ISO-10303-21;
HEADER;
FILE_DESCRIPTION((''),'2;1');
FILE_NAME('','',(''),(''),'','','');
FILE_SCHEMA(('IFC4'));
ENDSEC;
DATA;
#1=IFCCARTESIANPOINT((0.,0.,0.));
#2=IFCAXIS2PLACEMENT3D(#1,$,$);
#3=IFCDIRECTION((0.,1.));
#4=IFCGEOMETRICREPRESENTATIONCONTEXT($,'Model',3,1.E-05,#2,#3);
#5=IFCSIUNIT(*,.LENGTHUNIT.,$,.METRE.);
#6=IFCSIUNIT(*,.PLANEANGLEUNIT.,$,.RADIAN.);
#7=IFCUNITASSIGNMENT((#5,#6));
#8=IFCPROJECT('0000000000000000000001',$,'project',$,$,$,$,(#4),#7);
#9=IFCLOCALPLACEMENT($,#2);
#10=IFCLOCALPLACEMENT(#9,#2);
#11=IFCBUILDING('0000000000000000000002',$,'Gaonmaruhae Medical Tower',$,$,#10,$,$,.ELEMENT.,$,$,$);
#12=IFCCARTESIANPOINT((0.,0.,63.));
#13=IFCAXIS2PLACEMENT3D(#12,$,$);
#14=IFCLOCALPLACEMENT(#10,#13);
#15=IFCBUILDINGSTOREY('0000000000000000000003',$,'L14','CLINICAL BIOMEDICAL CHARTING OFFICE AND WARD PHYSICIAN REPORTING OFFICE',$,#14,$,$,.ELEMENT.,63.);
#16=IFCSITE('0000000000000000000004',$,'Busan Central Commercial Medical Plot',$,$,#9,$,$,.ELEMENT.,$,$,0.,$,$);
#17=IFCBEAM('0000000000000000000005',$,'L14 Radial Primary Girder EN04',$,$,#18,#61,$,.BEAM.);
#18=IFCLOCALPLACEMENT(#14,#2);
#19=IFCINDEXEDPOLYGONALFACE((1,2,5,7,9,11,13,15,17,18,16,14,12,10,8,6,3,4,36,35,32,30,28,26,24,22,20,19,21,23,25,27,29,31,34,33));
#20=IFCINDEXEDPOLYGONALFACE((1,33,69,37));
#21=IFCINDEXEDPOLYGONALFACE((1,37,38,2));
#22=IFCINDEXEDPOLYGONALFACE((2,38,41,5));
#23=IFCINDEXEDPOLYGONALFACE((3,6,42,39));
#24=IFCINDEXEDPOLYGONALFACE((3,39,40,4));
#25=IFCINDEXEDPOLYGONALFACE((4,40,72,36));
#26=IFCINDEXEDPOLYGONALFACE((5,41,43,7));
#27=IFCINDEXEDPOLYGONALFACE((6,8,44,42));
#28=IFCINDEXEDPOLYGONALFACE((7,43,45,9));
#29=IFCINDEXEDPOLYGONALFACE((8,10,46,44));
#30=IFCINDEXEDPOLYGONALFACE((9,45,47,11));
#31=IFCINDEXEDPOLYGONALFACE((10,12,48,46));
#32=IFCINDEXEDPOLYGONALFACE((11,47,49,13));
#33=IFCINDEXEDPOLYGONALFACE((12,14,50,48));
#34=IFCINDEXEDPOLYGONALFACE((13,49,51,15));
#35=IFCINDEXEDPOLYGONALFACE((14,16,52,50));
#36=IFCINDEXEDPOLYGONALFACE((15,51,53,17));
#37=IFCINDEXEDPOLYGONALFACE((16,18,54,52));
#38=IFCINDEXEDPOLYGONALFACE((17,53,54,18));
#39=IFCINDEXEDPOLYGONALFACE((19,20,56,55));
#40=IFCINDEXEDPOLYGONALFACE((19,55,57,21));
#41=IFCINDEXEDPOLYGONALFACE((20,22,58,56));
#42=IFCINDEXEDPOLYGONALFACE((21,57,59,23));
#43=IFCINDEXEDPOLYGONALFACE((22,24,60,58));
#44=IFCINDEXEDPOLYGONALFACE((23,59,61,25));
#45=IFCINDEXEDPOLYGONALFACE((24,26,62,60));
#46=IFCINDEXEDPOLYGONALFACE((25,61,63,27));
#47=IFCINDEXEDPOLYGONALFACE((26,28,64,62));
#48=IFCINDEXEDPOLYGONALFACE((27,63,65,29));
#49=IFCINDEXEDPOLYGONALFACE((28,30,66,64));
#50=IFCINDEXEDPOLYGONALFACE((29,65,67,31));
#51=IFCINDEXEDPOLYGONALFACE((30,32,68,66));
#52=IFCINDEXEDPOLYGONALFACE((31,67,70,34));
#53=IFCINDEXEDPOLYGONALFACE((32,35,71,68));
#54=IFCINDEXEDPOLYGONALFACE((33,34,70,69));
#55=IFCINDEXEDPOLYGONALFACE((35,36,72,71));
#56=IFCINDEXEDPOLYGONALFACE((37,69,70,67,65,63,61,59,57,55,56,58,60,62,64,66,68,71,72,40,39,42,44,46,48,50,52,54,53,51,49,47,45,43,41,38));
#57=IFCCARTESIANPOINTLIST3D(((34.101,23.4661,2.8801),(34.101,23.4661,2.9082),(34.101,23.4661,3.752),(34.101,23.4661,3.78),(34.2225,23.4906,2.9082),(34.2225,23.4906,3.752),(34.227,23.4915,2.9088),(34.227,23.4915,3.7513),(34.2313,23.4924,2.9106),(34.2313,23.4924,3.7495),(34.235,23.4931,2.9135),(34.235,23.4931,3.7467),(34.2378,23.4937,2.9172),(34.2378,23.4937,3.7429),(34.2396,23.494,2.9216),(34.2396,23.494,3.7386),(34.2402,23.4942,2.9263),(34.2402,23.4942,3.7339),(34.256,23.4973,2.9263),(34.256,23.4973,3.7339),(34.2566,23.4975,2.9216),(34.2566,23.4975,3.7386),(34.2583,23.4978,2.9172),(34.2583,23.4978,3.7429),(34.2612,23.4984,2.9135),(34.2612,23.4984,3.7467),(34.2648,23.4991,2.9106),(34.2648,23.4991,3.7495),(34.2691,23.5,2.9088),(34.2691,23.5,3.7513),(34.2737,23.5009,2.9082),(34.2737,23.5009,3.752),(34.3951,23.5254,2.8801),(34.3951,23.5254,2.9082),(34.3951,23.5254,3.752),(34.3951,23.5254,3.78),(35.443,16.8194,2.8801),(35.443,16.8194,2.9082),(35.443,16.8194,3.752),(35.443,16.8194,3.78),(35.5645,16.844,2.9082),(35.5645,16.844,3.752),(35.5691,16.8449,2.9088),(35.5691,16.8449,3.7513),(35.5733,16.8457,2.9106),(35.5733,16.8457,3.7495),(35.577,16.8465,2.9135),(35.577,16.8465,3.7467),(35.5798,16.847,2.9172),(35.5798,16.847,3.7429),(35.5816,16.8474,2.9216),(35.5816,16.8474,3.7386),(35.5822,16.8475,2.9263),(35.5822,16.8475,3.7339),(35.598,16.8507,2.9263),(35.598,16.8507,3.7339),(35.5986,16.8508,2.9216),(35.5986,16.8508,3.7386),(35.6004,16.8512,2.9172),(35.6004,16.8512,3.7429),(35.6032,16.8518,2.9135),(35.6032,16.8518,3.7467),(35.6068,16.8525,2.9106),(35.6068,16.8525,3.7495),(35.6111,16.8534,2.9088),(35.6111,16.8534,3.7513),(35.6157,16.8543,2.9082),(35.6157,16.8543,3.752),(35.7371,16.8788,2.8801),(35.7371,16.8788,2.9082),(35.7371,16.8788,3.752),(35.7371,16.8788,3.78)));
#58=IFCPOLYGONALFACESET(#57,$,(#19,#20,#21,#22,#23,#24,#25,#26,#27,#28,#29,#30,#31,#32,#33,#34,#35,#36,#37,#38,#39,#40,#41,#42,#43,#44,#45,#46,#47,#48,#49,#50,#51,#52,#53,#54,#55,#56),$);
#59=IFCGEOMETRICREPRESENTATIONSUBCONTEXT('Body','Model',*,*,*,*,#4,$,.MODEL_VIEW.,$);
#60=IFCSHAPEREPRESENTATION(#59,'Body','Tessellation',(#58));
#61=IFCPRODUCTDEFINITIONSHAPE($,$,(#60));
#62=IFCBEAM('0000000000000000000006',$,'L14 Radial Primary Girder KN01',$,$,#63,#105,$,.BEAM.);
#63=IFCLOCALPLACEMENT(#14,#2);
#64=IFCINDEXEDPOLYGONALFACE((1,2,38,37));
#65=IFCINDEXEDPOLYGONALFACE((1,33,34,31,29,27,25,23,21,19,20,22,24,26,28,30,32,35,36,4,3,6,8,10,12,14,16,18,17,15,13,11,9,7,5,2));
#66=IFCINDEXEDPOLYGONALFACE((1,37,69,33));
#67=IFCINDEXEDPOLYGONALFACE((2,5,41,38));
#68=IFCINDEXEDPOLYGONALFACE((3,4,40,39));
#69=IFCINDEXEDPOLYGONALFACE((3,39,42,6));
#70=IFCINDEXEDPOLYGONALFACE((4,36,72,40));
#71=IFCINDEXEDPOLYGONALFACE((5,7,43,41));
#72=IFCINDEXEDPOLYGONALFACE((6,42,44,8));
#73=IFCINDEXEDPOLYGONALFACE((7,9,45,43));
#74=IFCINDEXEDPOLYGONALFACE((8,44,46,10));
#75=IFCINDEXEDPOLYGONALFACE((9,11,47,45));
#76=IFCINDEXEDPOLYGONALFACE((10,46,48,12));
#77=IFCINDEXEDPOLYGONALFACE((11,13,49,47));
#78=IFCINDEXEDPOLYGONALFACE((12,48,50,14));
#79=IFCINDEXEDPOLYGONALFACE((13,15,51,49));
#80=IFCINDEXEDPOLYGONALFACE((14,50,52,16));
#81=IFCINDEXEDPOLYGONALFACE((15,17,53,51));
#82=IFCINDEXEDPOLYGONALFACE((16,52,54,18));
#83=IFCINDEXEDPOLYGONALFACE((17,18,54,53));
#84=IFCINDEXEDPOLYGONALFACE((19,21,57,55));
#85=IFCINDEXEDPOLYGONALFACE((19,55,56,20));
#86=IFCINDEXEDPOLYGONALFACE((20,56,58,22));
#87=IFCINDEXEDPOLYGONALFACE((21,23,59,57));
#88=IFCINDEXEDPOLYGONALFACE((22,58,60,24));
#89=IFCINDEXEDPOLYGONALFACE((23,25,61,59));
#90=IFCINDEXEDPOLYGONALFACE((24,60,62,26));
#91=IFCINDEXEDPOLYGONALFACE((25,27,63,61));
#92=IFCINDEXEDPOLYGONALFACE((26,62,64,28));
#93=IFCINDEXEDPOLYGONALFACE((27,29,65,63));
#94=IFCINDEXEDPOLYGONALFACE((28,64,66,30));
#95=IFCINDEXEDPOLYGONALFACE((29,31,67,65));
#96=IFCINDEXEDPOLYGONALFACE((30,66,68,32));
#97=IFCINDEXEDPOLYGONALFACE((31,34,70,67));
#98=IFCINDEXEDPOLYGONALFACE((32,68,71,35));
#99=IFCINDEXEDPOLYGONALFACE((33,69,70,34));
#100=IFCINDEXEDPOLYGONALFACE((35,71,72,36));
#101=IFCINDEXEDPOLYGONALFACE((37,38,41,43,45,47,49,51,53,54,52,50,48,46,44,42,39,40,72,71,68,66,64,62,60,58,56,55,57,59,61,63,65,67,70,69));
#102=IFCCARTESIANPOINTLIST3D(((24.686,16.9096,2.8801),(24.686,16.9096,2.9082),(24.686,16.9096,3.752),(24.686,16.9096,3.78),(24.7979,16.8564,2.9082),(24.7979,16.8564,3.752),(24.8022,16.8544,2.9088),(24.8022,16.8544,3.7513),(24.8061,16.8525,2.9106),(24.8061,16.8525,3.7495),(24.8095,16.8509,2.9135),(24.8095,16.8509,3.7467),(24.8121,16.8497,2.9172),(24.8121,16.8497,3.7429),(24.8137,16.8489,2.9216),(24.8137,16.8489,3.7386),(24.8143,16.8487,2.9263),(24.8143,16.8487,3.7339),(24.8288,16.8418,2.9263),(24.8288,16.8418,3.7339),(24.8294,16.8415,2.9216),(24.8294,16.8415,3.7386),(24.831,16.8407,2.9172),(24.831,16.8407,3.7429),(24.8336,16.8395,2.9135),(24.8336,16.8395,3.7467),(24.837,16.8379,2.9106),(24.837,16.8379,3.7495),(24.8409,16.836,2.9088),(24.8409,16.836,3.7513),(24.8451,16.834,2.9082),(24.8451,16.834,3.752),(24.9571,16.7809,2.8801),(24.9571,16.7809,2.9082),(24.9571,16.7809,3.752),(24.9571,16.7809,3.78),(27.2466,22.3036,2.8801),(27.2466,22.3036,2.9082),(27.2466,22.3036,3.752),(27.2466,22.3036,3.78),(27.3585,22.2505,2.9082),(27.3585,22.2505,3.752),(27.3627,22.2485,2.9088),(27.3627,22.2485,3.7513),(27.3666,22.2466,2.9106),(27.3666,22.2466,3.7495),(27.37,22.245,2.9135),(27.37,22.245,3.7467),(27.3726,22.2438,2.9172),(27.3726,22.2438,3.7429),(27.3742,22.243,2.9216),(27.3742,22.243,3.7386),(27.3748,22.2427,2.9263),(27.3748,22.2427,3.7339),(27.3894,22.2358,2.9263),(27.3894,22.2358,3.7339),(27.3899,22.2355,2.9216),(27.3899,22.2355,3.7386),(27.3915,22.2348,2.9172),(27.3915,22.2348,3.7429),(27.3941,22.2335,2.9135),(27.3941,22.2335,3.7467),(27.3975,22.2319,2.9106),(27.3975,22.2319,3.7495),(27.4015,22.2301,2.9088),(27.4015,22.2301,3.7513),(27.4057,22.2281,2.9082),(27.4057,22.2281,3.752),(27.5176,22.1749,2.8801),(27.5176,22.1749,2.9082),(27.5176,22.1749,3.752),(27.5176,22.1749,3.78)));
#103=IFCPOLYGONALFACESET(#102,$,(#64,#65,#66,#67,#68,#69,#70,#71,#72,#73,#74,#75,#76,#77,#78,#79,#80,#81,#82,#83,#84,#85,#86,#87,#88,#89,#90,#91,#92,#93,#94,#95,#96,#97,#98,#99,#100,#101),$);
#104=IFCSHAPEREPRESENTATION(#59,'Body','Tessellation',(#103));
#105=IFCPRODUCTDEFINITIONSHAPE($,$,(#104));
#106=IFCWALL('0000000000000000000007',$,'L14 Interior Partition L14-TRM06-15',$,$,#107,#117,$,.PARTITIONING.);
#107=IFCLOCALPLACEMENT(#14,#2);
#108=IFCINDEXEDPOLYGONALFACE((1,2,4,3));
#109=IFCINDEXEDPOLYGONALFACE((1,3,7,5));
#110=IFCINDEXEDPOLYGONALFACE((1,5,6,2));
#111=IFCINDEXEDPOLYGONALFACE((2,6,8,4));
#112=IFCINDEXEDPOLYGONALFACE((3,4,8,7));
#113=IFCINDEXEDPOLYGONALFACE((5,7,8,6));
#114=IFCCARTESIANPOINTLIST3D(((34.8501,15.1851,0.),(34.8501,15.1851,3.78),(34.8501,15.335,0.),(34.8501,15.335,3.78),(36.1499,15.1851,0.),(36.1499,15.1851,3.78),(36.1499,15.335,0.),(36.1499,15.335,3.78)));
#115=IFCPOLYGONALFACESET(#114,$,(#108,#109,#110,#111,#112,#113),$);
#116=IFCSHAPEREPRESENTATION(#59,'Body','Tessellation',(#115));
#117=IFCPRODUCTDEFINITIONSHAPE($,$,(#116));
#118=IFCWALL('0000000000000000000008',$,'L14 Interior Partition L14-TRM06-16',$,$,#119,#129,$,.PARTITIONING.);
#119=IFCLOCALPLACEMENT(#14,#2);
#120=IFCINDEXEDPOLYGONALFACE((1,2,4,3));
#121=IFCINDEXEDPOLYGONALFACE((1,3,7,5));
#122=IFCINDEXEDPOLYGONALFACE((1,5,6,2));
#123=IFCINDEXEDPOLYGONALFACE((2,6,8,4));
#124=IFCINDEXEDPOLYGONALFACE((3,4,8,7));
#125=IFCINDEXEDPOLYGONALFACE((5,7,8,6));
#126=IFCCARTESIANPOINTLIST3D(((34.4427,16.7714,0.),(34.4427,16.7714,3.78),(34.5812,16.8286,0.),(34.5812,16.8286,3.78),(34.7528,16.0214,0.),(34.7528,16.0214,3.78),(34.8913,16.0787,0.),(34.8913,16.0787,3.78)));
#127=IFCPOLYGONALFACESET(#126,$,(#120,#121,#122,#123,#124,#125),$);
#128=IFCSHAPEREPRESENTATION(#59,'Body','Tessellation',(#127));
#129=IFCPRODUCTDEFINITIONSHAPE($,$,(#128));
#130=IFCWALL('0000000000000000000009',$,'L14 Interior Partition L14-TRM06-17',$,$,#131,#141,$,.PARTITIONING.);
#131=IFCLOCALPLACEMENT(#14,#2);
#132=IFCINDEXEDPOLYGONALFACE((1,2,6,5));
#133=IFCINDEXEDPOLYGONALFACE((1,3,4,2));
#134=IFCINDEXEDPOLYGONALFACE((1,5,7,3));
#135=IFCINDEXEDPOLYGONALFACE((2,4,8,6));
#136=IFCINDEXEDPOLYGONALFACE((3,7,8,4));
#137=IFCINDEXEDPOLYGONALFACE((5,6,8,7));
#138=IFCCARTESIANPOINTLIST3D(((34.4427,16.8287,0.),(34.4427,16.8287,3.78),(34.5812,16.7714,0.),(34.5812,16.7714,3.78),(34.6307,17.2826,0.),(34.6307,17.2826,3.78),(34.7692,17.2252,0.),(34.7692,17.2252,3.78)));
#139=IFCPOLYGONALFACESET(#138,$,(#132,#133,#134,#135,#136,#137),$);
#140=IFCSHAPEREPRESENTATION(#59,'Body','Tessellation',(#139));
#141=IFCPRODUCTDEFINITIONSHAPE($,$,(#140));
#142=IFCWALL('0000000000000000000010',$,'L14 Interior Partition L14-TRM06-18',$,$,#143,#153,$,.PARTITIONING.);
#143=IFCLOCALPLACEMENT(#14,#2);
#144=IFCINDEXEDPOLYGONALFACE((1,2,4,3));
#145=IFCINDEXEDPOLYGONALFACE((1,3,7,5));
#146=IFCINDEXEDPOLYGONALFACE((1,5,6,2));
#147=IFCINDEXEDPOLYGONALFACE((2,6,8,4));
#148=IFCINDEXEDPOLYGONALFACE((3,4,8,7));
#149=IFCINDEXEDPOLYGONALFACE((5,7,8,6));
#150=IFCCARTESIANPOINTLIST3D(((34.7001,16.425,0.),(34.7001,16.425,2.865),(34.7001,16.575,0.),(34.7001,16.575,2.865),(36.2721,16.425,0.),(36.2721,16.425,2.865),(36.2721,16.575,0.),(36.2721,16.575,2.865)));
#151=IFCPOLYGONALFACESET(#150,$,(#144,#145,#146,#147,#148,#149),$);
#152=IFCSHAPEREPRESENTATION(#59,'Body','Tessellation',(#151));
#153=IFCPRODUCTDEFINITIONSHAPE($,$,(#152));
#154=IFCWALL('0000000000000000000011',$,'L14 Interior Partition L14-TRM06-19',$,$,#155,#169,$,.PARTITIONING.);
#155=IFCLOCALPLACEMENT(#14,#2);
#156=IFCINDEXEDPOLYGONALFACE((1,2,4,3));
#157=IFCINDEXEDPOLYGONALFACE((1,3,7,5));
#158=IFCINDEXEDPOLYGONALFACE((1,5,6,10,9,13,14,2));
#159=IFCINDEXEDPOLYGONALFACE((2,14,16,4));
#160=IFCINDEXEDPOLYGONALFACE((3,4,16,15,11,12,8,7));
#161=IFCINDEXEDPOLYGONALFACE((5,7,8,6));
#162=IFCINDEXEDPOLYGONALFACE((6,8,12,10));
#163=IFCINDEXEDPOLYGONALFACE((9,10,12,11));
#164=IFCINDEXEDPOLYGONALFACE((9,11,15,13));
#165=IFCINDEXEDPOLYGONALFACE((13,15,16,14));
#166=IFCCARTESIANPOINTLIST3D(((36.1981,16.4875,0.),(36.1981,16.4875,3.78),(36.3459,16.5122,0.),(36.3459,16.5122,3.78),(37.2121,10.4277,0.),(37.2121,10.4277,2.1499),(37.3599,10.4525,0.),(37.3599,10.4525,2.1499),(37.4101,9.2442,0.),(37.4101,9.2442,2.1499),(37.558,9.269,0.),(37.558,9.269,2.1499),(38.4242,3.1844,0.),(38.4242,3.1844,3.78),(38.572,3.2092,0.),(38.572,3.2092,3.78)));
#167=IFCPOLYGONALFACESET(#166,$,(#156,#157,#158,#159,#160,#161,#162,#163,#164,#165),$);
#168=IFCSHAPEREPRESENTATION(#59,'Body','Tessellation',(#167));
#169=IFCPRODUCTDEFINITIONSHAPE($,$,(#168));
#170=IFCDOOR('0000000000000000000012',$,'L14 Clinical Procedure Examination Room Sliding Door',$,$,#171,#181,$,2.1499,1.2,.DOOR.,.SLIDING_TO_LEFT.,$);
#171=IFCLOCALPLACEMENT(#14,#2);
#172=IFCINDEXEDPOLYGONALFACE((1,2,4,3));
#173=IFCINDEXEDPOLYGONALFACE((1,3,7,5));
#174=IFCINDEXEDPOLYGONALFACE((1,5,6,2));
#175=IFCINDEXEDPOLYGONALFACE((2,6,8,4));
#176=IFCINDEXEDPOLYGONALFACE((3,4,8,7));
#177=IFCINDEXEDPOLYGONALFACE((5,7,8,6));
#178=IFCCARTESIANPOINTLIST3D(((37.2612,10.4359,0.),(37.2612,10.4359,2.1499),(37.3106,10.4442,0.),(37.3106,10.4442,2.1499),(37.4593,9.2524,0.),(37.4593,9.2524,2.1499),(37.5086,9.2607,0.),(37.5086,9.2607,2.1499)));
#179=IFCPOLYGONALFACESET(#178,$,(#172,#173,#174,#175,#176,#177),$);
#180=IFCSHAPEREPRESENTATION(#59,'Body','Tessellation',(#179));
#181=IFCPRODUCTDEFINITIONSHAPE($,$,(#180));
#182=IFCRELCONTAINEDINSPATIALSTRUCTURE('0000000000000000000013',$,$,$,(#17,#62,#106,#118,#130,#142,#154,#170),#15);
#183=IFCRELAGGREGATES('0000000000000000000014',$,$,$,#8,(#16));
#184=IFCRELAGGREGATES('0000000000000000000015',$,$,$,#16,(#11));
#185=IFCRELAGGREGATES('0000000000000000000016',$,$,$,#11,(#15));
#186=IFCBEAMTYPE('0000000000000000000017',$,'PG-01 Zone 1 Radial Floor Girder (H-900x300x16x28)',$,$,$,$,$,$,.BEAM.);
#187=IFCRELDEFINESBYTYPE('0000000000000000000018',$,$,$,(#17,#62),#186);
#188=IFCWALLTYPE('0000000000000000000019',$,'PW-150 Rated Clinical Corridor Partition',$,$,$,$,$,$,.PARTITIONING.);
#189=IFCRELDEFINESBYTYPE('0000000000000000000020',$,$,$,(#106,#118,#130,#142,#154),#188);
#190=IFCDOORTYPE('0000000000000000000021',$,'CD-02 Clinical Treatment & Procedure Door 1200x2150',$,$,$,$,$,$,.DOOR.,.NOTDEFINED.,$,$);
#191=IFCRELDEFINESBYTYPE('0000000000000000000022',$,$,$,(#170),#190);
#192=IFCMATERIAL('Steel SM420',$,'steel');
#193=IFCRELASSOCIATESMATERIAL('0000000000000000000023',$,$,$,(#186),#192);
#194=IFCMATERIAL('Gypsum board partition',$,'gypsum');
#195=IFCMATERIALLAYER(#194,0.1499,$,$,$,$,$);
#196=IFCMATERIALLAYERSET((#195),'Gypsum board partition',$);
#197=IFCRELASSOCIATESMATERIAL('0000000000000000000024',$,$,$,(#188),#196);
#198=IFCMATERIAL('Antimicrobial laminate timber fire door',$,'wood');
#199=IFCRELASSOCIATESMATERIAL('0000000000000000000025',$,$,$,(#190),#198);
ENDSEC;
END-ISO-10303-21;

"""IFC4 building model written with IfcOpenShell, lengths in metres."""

from ifc_helpers import new_model, si_unit, direction, frame, frame_2d, origin, origin_2d, place, context, subcontext, project, spatial, rectangle, i_section, extrude, material, layer, layer_set, material_profile, profile_set, type_object, element, fill, save


model = new_model("IFC4")

# Units and contexts
model_context = context("Model", 3, precision=1e-05, world=origin(), true_north=direction((0.0, 1.0)))
body_context = subcontext(model_context, "Body", "Model", "MODEL_VIEW")
ifc_project = project(units=[si_unit("LENGTHUNIT", "METRE"), si_unit("PLANEANGLEUNIT", "RADIAN")], contexts=[model_context])

# Site, building, storey
site_placement = place(None, origin())
site = spatial("IfcSite", under=ifc_project, at=site_placement, Name="Busan Central Commercial Medical Plot", CompositionType="ELEMENT", RefElevation=0.0)
building_placement = place(site_placement, origin())
building = spatial("IfcBuilding", under=site, at=building_placement, Name="Gaonmaruhae Medical Tower", CompositionType="ELEMENT")
storey_placement = place(building_placement, frame((0.0, 0.0, 63.0)))
storey = spatial("IfcBuildingStorey", under=building, at=storey_placement, Name="L14", Description="CLINICAL BIOMEDICAL CHARTING OFFICE AND WARD PHYSICIAN REPORTING OFFICE", CompositionType="ELEMENT", Elevation=63.0)

# Beams
ifc_material_1 = material(Name="Steel SM420", Category="steel")
ifc_material_profile_1 = material_profile(ifc_material_1, i_section(OverallWidth=0.3, OverallDepth=0.8999, WebThickness=0.0161, FlangeThickness=0.0281, FilletRadius=0.0181, at=origin_2d()), Name="H-900x300x16x28")
ifc_profile_set_1 = profile_set([ifc_material_profile_1], Name="Steel SM420")
beam_type_1 = type_object("IfcBeamType", Name="PG-01 Zone 1 Radial Floor Girder (H-900x300x16x28)", PredefinedType="BEAM", material=ifc_profile_set_1)
beam_1_placement = place(storey_placement, frame((35.5901, 16.8491, 3.3301), z_axis=(-0.197916, 0.980219, 0.0), x_axis=(-0.980219, -0.197916, 0.0)))
element("IfcBeam", 1, at=beam_1_placement, inside=storey, type_object=beam_type_1, Name="L14 Radial Primary Girder EN04", PredefinedType="BEAM", context=body_context, shape_type="SweptSolid", body=[
    extrude(i_section(OverallWidth=0.3, OverallDepth=0.8999, WebThickness=0.0161, FlangeThickness=0.0281, FilletRadius=0.0181, at=origin_2d()), origin(), (0.0, 0.0, 1.0), 6.7808),
])
beam_2_placement = place(storey_placement, frame((24.8215, 16.8452, 3.3301), z_axis=(0.428835, 0.903383, 0.0), x_axis=(-0.903383, 0.428835, 0.0)))
element("IfcBeam", 2, at=beam_2_placement, inside=storey, type_object=beam_type_1, Name="L14 Radial Primary Girder KN01", PredefinedType="BEAM", context=body_context, shape_type="SweptSolid", body=[
    extrude(i_section(OverallWidth=0.3, OverallDepth=0.8999, WebThickness=0.0161, FlangeThickness=0.0281, FilletRadius=0.0181, at=origin_2d()), origin(), (0.0, 0.0, 1.0), 5.9709),
])

# Walls
ifc_material_2 = material(Name="Gypsum board partition", Category="gypsum")
ifc_layer_1 = layer(ifc_material_2, 0.1499)
ifc_layer_set_1 = layer_set([ifc_layer_1], Name="Gypsum board partition")
wall_type_1 = type_object("IfcWallType", Name="PW-150 Rated Clinical Corridor Partition", PredefinedType="PARTITIONING", material=ifc_layer_set_1)
wall_1_placement = place(storey_placement, frame((36.1499, 15.26, 0.0), z_axis=(0.0, 0.0, 1.0), x_axis=(-1.0, 0.0, 0.0)))
element("IfcWall", 3, at=wall_1_placement, inside=storey, type_object=wall_type_1, Name="L14 Interior Partition L14-TRM06-15", PredefinedType="PARTITIONING", context=body_context, shape_type="SweptSolid", body=[
    extrude(rectangle(XDim=1.2998, YDim=0.1499, at=frame_2d((0.6499, 0.0))), origin(), (0.0, 0.0, 1.0), 3.78),
])
wall_2_placement = place(storey_placement, frame((34.822, 16.05, 0.0), z_axis=(0.0, 0.0, 1.0), x_axis=(-0.382051, 0.924141, 0.0)))
element("IfcWall", 4, at=wall_2_placement, inside=storey, type_object=wall_type_1, Name="L14 Interior Partition L14-TRM06-16", PredefinedType="PARTITIONING", context=body_context, shape_type="SweptSolid", body=[
    extrude(rectangle(XDim=0.8115, YDim=0.1499, at=frame_2d((0.4058, 0.0))), origin(), (0.0, 0.0, 1.0), 3.78),
])
wall_3_placement = place(storey_placement, frame((34.512, 16.8, 0.0), z_axis=(0.0, 0.0, 1.0), x_axis=(0.382674, 0.923884, 0.0)))
element("IfcWall", 5, at=wall_3_placement, inside=storey, type_object=wall_type_1, Name="L14 Interior Partition L14-TRM06-17", PredefinedType="PARTITIONING", context=body_context, shape_type="SweptSolid", body=[
    extrude(rectangle(XDim=0.4912, YDim=0.1499, at=frame_2d((0.2456, 0.0))), origin(), (0.0, 0.0, 1.0), 3.78),
])
wall_4_placement = place(storey_placement, frame((34.7, 16.5, 0.0), z_axis=(0.0, 0.0, 1.0), x_axis=(1.0, 0.0, 0.0)))
element("IfcWall", 6, at=wall_4_placement, inside=storey, type_object=wall_type_1, Name="L14 Interior Partition L14-TRM06-18", PredefinedType="PARTITIONING", context=body_context, shape_type="SweptSolid", body=[
    extrude(rectangle(XDim=1.572, YDim=0.1499, at=frame_2d((0.7861, 0.0))), origin(), (0.0, 0.0, 1.0), 2.865),
])

# Wall, opening, door
wall_5_placement = place(storey_placement, frame((36.272, 16.5, 0.0), z_axis=(0.0, 0.0, 1.0), x_axis=(0.165042, -0.986287, 0.0)))
wall_5 = element("IfcWall", 7, at=wall_5_placement, inside=storey, type_object=wall_type_1, Name="L14 Interior Partition L14-TRM06-19", PredefinedType="PARTITIONING", context=body_context, shape_type="SweptSolid", body=[
    extrude(rectangle(XDim=13.488, YDim=0.1499, at=frame_2d((6.7441, 0.0))), origin(), (0.0, 0.0, 1.0), 3.78),
])
opening_1_placement = place(wall_5_placement, frame((6.144, 0.0, 0.0)))
opening_1 = element("IfcOpeningElement", 8, at=opening_1_placement, cuts=wall_5, PredefinedType="OPENING", context=body_context, shape_type="SweptSolid", body=[
    extrude(rectangle(XDim=1.2, YDim=2.1499, at=frame_2d((0.6001, 1.075))), frame((0.0, 0.085, 0.0), z_axis=(0.0, -1.0, 0.0), x_axis=(1.0, 0.0, 0.0)), (0.0, 0.0, 1.0), 0.1699),
])
ifc_material_3 = material(Name="Antimicrobial laminate timber fire door", Category="wood")
door_type_1 = type_object("IfcDoorType", Name="CD-02 Clinical Treatment & Procedure Door 1200x2150", OperationType="NOTDEFINED", PredefinedType="DOOR", material=ifc_material_3)
door_1_placement = place(opening_1_placement, origin())
door_1 = element("IfcDoor", 9, at=door_1_placement, inside=storey, type_object=door_type_1, Name="L14 Clinical Procedure Examination Room Sliding Door", OperationType="SLIDING_TO_LEFT", OverallHeight=2.1499, OverallWidth=1.2, PredefinedType="DOOR", context=body_context, shape_type="SweptSolid", body=[
    extrude(rectangle(XDim=1.2, YDim=2.1499, at=frame_2d((0.6001, 1.075))), frame((0.0, 0.0249, 0.0), z_axis=(0.0, -1.0, 0.0), x_axis=(1.0, 0.0, 0.0)), (0.0, 0.0, 1.0), 0.05),
])
fill(opening_1, door_1)

save(model, "model.ifc")
